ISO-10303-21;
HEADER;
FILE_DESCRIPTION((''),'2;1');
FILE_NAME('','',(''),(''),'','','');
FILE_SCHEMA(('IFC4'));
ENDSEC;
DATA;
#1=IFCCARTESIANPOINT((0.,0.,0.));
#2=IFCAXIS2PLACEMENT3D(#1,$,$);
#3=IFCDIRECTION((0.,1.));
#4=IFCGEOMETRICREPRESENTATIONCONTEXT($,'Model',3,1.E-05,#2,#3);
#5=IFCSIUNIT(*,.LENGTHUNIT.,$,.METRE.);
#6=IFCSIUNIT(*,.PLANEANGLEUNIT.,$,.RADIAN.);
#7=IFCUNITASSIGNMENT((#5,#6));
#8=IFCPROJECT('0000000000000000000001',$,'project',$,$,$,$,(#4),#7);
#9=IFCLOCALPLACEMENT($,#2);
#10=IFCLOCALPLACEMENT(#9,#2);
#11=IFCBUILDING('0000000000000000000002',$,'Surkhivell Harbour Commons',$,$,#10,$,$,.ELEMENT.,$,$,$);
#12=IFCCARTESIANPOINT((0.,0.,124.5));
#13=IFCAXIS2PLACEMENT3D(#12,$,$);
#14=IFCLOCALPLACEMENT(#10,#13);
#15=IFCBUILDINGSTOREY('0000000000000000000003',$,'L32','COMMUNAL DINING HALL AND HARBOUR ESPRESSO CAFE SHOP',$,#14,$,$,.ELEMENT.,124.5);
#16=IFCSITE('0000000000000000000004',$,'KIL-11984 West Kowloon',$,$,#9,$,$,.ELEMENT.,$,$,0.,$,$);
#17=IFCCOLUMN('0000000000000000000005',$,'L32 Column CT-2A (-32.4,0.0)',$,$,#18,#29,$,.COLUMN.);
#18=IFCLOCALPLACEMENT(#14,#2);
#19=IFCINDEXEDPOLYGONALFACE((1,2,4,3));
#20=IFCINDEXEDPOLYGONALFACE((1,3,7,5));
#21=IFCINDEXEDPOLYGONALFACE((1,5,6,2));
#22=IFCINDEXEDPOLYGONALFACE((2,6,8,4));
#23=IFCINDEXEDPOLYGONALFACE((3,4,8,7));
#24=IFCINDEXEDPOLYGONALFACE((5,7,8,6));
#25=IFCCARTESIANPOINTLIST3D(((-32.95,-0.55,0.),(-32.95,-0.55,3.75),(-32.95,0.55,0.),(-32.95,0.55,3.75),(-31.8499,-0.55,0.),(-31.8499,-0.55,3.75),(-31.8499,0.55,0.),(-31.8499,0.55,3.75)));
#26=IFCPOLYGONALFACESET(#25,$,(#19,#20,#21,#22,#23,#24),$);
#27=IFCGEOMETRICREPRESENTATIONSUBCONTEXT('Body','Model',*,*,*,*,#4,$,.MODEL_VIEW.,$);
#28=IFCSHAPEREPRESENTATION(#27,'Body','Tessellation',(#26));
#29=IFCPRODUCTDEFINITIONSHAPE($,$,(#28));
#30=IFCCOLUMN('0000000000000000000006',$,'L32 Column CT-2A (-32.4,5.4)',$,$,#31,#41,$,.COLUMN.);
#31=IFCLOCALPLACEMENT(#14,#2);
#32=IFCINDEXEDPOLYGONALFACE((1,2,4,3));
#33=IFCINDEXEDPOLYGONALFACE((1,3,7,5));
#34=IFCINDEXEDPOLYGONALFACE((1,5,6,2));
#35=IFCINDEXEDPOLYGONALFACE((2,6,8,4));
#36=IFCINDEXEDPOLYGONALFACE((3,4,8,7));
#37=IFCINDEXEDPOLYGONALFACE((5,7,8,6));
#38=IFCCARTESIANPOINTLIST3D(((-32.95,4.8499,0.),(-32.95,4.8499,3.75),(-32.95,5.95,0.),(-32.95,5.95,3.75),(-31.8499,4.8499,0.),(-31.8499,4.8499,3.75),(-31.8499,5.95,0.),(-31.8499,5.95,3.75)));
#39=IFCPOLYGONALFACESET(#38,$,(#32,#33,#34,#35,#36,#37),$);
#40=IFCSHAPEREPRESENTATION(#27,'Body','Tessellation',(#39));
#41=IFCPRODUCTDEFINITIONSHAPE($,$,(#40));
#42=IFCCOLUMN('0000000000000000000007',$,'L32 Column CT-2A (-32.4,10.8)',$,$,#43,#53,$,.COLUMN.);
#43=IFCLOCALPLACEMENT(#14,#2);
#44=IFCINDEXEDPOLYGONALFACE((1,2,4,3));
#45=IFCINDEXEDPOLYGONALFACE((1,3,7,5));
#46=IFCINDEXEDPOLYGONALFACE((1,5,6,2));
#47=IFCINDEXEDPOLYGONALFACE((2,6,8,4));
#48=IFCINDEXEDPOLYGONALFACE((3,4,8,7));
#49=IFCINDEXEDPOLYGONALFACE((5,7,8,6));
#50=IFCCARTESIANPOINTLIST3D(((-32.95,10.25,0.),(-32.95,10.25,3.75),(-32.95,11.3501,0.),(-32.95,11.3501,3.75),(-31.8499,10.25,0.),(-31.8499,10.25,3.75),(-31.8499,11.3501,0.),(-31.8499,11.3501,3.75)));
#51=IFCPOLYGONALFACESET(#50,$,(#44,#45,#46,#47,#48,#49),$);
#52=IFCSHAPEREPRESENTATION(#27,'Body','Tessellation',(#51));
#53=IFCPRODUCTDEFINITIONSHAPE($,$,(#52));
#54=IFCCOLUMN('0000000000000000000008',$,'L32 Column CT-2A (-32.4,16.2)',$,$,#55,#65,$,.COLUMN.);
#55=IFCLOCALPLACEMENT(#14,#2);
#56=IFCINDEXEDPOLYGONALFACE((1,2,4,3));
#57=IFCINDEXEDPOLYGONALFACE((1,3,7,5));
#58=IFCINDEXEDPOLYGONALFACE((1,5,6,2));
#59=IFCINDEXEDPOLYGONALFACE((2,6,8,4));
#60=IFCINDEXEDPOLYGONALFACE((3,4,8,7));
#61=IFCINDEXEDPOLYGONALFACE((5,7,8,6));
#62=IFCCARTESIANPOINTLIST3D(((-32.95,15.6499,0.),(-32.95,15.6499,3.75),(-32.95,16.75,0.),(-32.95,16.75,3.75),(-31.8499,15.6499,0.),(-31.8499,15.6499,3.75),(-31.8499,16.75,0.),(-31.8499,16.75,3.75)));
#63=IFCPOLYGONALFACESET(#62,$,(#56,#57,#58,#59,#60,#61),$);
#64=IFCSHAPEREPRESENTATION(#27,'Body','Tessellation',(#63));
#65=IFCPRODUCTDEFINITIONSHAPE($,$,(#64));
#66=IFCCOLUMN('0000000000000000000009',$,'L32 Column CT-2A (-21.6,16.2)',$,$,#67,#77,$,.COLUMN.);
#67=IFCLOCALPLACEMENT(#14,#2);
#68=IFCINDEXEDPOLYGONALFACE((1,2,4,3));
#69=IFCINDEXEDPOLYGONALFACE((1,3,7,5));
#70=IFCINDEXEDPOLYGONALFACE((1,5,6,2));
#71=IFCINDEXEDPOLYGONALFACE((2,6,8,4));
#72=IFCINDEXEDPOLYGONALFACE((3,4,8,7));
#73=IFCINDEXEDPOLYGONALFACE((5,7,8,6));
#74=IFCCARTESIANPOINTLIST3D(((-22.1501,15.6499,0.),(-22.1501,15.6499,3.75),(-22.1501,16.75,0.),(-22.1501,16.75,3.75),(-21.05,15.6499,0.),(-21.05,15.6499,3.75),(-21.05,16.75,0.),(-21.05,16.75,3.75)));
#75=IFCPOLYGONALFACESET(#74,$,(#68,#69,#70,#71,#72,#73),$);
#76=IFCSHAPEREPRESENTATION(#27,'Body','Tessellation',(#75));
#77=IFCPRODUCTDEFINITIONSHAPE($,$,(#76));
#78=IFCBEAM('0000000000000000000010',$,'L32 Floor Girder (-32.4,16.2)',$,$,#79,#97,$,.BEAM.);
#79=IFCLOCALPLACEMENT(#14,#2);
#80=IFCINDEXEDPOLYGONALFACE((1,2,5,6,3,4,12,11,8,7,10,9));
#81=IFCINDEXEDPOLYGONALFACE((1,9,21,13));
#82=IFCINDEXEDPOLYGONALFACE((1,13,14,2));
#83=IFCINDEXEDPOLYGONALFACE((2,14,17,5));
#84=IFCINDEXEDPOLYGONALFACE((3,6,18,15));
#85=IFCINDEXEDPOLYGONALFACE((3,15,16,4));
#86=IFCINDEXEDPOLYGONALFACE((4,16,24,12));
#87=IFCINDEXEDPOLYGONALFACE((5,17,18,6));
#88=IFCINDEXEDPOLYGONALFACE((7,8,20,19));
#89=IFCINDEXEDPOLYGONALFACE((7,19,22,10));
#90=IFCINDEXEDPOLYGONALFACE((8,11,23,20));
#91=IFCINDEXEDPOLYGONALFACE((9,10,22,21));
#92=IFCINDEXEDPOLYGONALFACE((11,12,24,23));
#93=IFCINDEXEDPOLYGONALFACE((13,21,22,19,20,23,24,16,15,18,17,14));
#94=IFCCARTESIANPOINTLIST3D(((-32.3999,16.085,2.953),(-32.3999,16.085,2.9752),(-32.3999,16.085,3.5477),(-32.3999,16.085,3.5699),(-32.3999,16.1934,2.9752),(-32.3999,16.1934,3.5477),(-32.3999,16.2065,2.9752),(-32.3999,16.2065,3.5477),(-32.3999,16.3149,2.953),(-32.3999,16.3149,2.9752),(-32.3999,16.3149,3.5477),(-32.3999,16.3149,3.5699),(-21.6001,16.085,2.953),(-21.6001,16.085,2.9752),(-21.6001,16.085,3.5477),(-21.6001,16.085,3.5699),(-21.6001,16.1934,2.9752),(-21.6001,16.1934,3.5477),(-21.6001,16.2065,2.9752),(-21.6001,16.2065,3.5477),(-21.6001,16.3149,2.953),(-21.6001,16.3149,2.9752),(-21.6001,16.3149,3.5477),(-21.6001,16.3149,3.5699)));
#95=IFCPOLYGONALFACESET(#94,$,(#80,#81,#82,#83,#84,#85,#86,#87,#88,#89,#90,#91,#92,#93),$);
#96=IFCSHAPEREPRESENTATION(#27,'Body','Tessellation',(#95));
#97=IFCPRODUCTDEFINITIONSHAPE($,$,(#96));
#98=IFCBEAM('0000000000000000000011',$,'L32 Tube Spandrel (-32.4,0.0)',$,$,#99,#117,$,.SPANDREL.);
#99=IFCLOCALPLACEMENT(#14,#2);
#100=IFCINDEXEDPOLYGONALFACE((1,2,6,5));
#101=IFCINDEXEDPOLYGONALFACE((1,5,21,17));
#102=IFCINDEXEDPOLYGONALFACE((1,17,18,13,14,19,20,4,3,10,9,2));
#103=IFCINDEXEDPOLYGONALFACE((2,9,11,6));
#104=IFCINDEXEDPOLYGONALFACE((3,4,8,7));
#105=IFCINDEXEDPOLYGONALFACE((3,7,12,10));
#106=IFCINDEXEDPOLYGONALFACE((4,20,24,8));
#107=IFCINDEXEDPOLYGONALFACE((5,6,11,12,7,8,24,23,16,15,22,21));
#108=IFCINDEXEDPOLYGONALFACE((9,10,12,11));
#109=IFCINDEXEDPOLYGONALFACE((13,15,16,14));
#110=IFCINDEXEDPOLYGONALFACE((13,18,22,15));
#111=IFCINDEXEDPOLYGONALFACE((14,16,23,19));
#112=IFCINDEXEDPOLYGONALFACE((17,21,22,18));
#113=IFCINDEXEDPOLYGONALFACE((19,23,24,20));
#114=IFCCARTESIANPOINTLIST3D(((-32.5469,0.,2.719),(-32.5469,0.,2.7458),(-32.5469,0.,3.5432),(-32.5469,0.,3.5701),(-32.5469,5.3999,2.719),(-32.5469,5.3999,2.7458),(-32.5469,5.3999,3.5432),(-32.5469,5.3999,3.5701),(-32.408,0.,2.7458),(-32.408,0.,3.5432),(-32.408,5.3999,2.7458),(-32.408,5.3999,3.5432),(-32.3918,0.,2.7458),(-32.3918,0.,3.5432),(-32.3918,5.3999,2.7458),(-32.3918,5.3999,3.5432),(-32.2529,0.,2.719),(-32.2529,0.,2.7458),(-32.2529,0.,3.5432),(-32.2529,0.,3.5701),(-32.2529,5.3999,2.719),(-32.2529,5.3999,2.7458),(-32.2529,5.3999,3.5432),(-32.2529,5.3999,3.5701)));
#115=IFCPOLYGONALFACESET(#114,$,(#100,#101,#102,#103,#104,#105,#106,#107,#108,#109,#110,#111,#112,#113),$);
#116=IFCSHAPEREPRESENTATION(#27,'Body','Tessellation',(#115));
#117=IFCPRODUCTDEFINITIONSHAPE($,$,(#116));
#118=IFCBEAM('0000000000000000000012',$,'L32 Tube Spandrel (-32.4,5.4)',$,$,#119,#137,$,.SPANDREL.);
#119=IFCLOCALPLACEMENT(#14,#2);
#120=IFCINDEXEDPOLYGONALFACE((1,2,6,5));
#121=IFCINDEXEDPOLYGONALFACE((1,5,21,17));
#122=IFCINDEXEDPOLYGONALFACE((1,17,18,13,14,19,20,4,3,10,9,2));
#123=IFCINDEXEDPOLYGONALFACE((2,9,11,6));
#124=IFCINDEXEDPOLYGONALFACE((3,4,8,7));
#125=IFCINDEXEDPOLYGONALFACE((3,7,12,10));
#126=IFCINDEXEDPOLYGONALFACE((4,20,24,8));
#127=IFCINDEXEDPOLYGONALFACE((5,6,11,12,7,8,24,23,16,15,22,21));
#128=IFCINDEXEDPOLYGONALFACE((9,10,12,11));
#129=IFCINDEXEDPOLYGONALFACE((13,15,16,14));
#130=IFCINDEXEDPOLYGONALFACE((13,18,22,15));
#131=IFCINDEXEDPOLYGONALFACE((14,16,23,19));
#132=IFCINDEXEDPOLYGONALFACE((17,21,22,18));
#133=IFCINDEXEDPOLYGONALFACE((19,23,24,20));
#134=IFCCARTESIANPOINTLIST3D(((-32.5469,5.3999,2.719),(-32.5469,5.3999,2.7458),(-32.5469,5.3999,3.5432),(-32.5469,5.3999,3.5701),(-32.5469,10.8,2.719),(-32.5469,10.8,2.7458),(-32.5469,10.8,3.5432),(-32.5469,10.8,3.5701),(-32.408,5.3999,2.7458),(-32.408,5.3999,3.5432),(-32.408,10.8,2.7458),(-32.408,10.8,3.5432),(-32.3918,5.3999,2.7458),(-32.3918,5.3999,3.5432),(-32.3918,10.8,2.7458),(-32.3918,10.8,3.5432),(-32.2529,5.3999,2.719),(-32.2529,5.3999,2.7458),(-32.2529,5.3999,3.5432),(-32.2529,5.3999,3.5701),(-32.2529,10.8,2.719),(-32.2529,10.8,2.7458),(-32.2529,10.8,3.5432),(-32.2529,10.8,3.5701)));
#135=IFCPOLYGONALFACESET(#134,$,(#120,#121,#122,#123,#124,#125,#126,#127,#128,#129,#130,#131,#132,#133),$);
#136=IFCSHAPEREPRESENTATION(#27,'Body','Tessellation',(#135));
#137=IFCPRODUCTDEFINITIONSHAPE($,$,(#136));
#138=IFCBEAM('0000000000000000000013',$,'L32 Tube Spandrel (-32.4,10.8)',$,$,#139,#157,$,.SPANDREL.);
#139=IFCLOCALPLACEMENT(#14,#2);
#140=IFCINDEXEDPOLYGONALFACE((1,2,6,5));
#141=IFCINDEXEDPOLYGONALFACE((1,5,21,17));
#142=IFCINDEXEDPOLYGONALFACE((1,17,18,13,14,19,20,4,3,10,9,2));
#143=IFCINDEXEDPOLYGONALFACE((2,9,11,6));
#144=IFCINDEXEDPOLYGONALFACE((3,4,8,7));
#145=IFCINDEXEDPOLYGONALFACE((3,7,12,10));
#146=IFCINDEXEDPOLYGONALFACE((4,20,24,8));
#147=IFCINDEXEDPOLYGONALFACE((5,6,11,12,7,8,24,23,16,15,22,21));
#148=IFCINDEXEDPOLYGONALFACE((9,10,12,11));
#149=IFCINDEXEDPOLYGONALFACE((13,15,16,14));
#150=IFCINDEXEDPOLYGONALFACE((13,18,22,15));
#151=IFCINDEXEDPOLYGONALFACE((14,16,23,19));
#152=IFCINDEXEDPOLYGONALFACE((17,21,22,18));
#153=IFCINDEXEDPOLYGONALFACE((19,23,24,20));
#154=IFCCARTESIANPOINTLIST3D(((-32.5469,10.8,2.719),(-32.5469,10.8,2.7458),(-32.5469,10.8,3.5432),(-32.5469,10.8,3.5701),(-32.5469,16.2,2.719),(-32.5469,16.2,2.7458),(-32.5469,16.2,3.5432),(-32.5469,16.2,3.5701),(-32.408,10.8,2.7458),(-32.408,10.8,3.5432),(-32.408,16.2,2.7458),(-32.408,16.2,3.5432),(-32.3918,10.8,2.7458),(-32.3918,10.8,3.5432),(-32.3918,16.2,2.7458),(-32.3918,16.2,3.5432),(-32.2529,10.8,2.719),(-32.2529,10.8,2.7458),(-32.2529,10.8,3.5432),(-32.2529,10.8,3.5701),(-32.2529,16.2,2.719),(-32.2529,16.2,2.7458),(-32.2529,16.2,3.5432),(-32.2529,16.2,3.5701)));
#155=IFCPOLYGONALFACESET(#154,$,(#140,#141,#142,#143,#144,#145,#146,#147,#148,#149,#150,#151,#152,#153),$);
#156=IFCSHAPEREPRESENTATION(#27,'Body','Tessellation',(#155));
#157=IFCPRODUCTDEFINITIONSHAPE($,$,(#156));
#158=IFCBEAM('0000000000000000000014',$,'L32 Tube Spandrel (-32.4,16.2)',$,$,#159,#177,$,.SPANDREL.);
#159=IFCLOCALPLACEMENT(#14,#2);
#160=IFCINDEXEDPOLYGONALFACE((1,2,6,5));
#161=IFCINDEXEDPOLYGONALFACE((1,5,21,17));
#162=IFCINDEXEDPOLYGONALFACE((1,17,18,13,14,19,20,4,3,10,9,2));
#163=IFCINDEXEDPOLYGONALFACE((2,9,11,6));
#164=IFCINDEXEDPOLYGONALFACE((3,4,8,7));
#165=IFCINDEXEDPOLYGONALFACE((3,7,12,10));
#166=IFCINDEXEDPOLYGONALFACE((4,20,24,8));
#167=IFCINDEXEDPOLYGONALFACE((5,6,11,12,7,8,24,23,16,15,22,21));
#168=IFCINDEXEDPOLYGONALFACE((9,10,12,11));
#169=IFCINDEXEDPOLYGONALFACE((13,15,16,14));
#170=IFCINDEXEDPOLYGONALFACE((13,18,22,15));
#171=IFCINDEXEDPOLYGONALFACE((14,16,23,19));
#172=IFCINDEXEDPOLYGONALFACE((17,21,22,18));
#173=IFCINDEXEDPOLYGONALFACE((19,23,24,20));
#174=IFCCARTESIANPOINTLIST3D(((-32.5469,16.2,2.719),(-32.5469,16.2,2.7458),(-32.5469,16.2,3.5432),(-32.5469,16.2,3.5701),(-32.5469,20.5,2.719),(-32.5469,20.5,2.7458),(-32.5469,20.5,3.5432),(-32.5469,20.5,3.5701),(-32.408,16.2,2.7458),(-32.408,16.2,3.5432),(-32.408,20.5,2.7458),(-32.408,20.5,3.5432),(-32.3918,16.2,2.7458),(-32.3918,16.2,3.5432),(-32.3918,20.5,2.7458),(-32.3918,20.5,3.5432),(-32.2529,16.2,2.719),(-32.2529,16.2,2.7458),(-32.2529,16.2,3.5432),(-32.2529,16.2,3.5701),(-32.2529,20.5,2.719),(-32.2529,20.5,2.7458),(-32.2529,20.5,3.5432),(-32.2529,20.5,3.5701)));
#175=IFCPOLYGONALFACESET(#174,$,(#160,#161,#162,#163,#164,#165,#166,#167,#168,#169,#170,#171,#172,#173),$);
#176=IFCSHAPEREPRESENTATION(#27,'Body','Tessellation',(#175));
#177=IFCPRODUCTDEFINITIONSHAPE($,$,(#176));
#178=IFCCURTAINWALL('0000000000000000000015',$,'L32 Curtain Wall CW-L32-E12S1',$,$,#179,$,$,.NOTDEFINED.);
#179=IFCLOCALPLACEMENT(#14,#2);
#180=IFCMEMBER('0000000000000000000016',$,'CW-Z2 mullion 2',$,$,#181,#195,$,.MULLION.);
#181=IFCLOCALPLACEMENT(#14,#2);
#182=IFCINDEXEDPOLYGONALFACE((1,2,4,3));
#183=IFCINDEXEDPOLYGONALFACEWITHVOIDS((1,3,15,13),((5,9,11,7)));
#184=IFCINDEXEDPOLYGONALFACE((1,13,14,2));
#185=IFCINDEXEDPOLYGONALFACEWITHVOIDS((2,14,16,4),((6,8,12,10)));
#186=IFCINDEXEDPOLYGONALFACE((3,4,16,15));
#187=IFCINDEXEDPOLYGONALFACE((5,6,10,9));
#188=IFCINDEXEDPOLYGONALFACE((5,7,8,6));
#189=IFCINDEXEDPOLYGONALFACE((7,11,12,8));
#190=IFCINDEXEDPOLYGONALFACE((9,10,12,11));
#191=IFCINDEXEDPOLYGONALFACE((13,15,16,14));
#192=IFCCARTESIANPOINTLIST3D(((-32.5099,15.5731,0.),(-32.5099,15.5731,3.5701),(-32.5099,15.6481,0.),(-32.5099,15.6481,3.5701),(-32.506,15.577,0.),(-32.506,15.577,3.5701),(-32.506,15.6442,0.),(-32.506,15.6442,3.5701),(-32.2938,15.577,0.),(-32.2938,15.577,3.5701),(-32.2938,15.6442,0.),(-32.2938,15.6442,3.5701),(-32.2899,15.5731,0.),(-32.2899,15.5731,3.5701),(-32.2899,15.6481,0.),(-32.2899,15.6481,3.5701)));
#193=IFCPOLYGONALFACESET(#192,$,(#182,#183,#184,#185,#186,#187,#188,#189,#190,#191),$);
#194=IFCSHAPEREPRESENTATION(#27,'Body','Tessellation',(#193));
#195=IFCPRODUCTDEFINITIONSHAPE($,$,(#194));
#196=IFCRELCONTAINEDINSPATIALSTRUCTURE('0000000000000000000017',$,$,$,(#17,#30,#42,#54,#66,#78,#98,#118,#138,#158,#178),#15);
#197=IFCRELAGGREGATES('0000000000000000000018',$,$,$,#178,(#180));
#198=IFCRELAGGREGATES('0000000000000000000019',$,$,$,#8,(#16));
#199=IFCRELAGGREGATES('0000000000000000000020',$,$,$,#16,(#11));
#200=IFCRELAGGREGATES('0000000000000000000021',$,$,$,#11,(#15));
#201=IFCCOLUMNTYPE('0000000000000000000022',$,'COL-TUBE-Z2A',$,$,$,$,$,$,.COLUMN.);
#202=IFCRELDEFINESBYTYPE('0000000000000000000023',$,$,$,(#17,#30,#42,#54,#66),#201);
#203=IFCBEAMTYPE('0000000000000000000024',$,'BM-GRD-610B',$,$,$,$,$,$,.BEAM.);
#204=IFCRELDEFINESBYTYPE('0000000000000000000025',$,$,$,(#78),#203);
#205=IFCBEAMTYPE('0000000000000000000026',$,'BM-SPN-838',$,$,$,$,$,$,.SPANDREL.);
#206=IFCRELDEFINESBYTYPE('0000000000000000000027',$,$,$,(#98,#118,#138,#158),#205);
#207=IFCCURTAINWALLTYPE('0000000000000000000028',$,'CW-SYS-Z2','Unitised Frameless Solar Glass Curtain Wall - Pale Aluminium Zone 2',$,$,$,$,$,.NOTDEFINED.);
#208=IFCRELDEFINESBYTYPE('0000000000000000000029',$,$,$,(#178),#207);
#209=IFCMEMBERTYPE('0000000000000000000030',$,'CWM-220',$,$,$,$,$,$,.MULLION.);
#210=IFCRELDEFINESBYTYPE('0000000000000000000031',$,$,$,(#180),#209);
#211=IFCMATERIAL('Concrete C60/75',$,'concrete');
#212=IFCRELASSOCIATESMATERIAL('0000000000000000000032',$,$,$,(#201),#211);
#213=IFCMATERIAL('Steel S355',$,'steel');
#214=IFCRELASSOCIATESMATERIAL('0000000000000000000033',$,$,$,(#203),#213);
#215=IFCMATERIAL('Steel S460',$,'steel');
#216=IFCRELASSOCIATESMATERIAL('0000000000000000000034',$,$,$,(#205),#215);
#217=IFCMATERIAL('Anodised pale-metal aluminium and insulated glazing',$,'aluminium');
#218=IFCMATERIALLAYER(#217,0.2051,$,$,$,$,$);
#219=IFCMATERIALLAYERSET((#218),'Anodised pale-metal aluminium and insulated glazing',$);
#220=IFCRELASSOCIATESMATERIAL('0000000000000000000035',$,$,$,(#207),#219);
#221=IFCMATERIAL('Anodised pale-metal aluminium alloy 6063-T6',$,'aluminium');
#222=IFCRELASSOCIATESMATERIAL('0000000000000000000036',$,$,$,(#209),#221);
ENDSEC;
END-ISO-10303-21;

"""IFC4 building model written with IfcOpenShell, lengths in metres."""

from ifc_helpers import new_model, si_unit, direction, frame, origin, origin_2d, place, context, subcontext, project, spatial, rectangle, hollow_rectangle, i_section, extrude, material, layer, layer_set, material_profile, profile_set, type_object, element, aggregate, save


model = new_model("IFC4")

# Units and contexts
model_context = context("Model", 3, precision=1e-05, world=origin(), true_north=direction((0.0, 1.0)))
body_context = subcontext(model_context, "Body", "Model", "MODEL_VIEW")
ifc_project = project(units=[si_unit("LENGTHUNIT", "METRE"), si_unit("PLANEANGLEUNIT", "RADIAN")], contexts=[model_context])

# Site, building, storey
site_placement = place(None, origin())
site = spatial("IfcSite", under=ifc_project, at=site_placement, Name="KIL-11984 West Kowloon", CompositionType="ELEMENT", RefElevation=0.0)
building_placement = place(site_placement, origin())
building = spatial("IfcBuilding", under=site, at=building_placement, Name="Surkhivell Harbour Commons", CompositionType="ELEMENT")
storey_placement = place(building_placement, frame((0.0, 0.0, 124.5)))
storey = spatial("IfcBuildingStorey", under=building, at=storey_placement, Name="L32", Description="COMMUNAL DINING HALL AND HARBOUR ESPRESSO CAFE SHOP", CompositionType="ELEMENT", Elevation=124.5)

# Columns
ifc_material_1 = material(Name="Concrete C60/75", Category="concrete")
ifc_material_profile_1 = material_profile(ifc_material_1, rectangle(XDim=1.1001, YDim=1.1001, at=origin_2d()), Name="RC-COL-1100x1100")
ifc_profile_set_1 = profile_set([ifc_material_profile_1], Name="Concrete C60/75")
column_type = type_object("IfcColumnType", Name="COL-TUBE-Z2A", PredefinedType="COLUMN", material=ifc_profile_set_1)
for number, where, z_axis, x_axis, name in (
    (1, (-32.3999, 0.0, 0.0), (0.0, 0.0, 1.0), (1.0, 0.0, 0.0), "L32 Column CT-2A (-32.4,0.0)"),
    (2, (-32.3999, 5.3999, 0.0), (0.0, 0.0, 1.0), (1.0, 0.0, 0.0), "L32 Column CT-2A (-32.4,5.4)"),
    (3, (-32.3999, 10.8, 0.0), (0.0, 0.0, 1.0), (1.0, 0.0, 0.0), "L32 Column CT-2A (-32.4,10.8)"),
    (4, (-32.3999, 16.2, 0.0), (0.0, 0.0, 1.0), (1.0, 0.0, 0.0), "L32 Column CT-2A (-32.4,16.2)"),
    (5, (-21.6001, 16.2, 0.0), (0.0, 0.0, 1.0), (1.0, 0.0, 0.0), "L32 Column CT-2A (-21.6,16.2)"),
):
    element("IfcColumn", number, at=place(storey_placement, frame(where, z_axis=z_axis, x_axis=x_axis)), inside=storey, type_object=column_type, Name=name, PredefinedType="COLUMN", context=body_context, shape_type="SweptSolid", body=[
        extrude(rectangle(XDim=1.1001, YDim=1.1001, at=origin_2d()), origin(), (0.0, 0.0, 1.0), 3.75),
    ])

# Beams
ifc_material_2 = material(Name="Steel S355", Category="steel")
ifc_material_profile_2 = material_profile(ifc_material_2, i_section(OverallWidth=0.23, OverallDepth=0.6169, WebThickness=0.0132, FlangeThickness=0.0222, at=origin_2d()), Name="UB610x229x140")
ifc_profile_set_2 = profile_set([ifc_material_profile_2], Name="Steel S355")
beam_type_1 = type_object("IfcBeamType", Name="BM-GRD-610B", PredefinedType="BEAM", material=ifc_profile_set_2)
beam_1_placement = place(storey_placement, frame((-32.3999, 16.2, 3.2615), z_axis=(1.0, 0.0, 0.0), x_axis=(0.0, 1.0, 0.0)))
element("IfcBeam", 6, at=beam_1_placement, inside=storey, type_object=beam_type_1, Name="L32 Floor Girder (-32.4,16.2)", PredefinedType="BEAM", context=body_context, shape_type="SweptSolid", body=[
    extrude(i_section(OverallWidth=0.23, OverallDepth=0.6169, WebThickness=0.0132, FlangeThickness=0.0222, at=origin_2d()), origin(), (0.0, 0.0, 1.0), 10.7998),
])
ifc_material_3 = material(Name="Steel S460", Category="steel")
ifc_material_profile_3 = material_profile(ifc_material_3, i_section(OverallWidth=0.2939, OverallDepth=0.8511, WebThickness=0.0161, FlangeThickness=0.0269, at=origin_2d()), Name="UB838x292x226")
ifc_profile_set_3 = profile_set([ifc_material_profile_3], Name="Steel S460")
beam_type_2 = type_object("IfcBeamType", Name="BM-SPN-838", PredefinedType="SPANDREL", material=ifc_profile_set_3)
beam_2_placement = place(storey_placement, frame((-32.3999, 0.0, 3.1445), z_axis=(0.0, 1.0, 0.0), x_axis=(-1.0, 0.0, 0.0)))
element("IfcBeam", 7, at=beam_2_placement, inside=storey, type_object=beam_type_2, Name="L32 Tube Spandrel (-32.4,0.0)", PredefinedType="SPANDREL", context=body_context, shape_type="SweptSolid", body=[
    extrude(i_section(OverallWidth=0.2939, OverallDepth=0.8511, WebThickness=0.0161, FlangeThickness=0.0269, at=origin_2d()), origin(), (0.0, 0.0, 1.0), 5.3999),
])
beam_3_placement = place(storey_placement, frame((-32.3999, 5.3999, 3.1445), z_axis=(0.0, 1.0, 0.0), x_axis=(-1.0, 0.0, 0.0)))
element("IfcBeam", 8, at=beam_3_placement, inside=storey, type_object=beam_type_2, Name="L32 Tube Spandrel (-32.4,5.4)", PredefinedType="SPANDREL", context=body_context, shape_type="SweptSolid", body=[
    extrude(i_section(OverallWidth=0.2939, OverallDepth=0.8511, WebThickness=0.0161, FlangeThickness=0.0269, at=origin_2d()), origin(), (0.0, 0.0, 1.0), 5.4001),
])
beam_4_placement = place(storey_placement, frame((-32.3999, 10.8, 3.1445), z_axis=(0.0, 1.0, 0.0), x_axis=(-1.0, 0.0, 0.0)))
element("IfcBeam", 9, at=beam_4_placement, inside=storey, type_object=beam_type_2, Name="L32 Tube Spandrel (-32.4,10.8)", PredefinedType="SPANDREL", context=body_context, shape_type="SweptSolid", body=[
    extrude(i_section(OverallWidth=0.2939, OverallDepth=0.8511, WebThickness=0.0161, FlangeThickness=0.0269, at=origin_2d()), origin(), (0.0, 0.0, 1.0), 5.3999),
])
beam_5_placement = place(storey_placement, frame((-32.3999, 16.2, 3.1445), z_axis=(0.0, 1.0, 0.0), x_axis=(-1.0, 0.0, 0.0)))
element("IfcBeam", 10, at=beam_5_placement, inside=storey, type_object=beam_type_2, Name="L32 Tube Spandrel (-32.4,16.2)", PredefinedType="SPANDREL", context=body_context, shape_type="SweptSolid", body=[
    extrude(i_section(OverallWidth=0.2939, OverallDepth=0.8511, WebThickness=0.0161, FlangeThickness=0.0269, at=origin_2d()), origin(), (0.0, 0.0, 1.0), 4.3),
])

# Curtain wall, member
ifc_material_4 = material(Name="Anodised pale-metal aluminium and insulated glazing", Category="aluminium")
ifc_layer_1 = layer(ifc_material_4, 0.2051)
ifc_layer_set_1 = layer_set([ifc_layer_1], Name="Anodised pale-metal aluminium and insulated glazing")
curtain_wall_type = type_object("IfcCurtainWallType", Name="CW-SYS-Z2", Description="Unitised Frameless Solar Glass Curtain Wall - Pale Aluminium Zone 2", PredefinedType="NOTDEFINED", material=ifc_layer_set_1)
curtain_wall_placement = place(storey_placement, origin())
curtain_wall = element("IfcCurtainWall", 11, at=curtain_wall_placement, inside=storey, type_object=curtain_wall_type, Name="L32 Curtain Wall CW-L32-E12S1", PredefinedType="NOTDEFINED")
ifc_material_5 = material(Name="Anodised pale-metal aluminium alloy 6063-T6", Category="aluminium")
ifc_material_profile_4 = material_profile(ifc_material_5, hollow_rectangle(XDim=0.075, YDim=0.22, WallThickness=0.0039, at=origin_2d()), Name="ALU-MULL-75x220")
ifc_profile_set_4 = profile_set([ifc_material_profile_4], Name="Anodised pale-metal aluminium alloy 6063-T6")
member_type_1 = type_object("IfcMemberType", Name="CWM-220", PredefinedType="MULLION", material=ifc_profile_set_4)
member_1_placement = place(storey_placement, frame((-32.3999, 15.6106, 0.0), z_axis=(0.0, 0.0, 1.0), x_axis=(0.0, -1.0, 0.0)))
member_1 = element("IfcMember", 12, at=member_1_placement, type_object=member_type_1, Name="CW-Z2 mullion 2", PredefinedType="MULLION", context=body_context, shape_type="SweptSolid", body=[
    extrude(hollow_rectangle(XDim=0.075, YDim=0.22, WallThickness=0.0039, at=origin_2d()), origin(), (0.0, 0.0, 1.0), 3.5701),
])
aggregate(curtain_wall, [member_1])

save(model, "model.ifc")
